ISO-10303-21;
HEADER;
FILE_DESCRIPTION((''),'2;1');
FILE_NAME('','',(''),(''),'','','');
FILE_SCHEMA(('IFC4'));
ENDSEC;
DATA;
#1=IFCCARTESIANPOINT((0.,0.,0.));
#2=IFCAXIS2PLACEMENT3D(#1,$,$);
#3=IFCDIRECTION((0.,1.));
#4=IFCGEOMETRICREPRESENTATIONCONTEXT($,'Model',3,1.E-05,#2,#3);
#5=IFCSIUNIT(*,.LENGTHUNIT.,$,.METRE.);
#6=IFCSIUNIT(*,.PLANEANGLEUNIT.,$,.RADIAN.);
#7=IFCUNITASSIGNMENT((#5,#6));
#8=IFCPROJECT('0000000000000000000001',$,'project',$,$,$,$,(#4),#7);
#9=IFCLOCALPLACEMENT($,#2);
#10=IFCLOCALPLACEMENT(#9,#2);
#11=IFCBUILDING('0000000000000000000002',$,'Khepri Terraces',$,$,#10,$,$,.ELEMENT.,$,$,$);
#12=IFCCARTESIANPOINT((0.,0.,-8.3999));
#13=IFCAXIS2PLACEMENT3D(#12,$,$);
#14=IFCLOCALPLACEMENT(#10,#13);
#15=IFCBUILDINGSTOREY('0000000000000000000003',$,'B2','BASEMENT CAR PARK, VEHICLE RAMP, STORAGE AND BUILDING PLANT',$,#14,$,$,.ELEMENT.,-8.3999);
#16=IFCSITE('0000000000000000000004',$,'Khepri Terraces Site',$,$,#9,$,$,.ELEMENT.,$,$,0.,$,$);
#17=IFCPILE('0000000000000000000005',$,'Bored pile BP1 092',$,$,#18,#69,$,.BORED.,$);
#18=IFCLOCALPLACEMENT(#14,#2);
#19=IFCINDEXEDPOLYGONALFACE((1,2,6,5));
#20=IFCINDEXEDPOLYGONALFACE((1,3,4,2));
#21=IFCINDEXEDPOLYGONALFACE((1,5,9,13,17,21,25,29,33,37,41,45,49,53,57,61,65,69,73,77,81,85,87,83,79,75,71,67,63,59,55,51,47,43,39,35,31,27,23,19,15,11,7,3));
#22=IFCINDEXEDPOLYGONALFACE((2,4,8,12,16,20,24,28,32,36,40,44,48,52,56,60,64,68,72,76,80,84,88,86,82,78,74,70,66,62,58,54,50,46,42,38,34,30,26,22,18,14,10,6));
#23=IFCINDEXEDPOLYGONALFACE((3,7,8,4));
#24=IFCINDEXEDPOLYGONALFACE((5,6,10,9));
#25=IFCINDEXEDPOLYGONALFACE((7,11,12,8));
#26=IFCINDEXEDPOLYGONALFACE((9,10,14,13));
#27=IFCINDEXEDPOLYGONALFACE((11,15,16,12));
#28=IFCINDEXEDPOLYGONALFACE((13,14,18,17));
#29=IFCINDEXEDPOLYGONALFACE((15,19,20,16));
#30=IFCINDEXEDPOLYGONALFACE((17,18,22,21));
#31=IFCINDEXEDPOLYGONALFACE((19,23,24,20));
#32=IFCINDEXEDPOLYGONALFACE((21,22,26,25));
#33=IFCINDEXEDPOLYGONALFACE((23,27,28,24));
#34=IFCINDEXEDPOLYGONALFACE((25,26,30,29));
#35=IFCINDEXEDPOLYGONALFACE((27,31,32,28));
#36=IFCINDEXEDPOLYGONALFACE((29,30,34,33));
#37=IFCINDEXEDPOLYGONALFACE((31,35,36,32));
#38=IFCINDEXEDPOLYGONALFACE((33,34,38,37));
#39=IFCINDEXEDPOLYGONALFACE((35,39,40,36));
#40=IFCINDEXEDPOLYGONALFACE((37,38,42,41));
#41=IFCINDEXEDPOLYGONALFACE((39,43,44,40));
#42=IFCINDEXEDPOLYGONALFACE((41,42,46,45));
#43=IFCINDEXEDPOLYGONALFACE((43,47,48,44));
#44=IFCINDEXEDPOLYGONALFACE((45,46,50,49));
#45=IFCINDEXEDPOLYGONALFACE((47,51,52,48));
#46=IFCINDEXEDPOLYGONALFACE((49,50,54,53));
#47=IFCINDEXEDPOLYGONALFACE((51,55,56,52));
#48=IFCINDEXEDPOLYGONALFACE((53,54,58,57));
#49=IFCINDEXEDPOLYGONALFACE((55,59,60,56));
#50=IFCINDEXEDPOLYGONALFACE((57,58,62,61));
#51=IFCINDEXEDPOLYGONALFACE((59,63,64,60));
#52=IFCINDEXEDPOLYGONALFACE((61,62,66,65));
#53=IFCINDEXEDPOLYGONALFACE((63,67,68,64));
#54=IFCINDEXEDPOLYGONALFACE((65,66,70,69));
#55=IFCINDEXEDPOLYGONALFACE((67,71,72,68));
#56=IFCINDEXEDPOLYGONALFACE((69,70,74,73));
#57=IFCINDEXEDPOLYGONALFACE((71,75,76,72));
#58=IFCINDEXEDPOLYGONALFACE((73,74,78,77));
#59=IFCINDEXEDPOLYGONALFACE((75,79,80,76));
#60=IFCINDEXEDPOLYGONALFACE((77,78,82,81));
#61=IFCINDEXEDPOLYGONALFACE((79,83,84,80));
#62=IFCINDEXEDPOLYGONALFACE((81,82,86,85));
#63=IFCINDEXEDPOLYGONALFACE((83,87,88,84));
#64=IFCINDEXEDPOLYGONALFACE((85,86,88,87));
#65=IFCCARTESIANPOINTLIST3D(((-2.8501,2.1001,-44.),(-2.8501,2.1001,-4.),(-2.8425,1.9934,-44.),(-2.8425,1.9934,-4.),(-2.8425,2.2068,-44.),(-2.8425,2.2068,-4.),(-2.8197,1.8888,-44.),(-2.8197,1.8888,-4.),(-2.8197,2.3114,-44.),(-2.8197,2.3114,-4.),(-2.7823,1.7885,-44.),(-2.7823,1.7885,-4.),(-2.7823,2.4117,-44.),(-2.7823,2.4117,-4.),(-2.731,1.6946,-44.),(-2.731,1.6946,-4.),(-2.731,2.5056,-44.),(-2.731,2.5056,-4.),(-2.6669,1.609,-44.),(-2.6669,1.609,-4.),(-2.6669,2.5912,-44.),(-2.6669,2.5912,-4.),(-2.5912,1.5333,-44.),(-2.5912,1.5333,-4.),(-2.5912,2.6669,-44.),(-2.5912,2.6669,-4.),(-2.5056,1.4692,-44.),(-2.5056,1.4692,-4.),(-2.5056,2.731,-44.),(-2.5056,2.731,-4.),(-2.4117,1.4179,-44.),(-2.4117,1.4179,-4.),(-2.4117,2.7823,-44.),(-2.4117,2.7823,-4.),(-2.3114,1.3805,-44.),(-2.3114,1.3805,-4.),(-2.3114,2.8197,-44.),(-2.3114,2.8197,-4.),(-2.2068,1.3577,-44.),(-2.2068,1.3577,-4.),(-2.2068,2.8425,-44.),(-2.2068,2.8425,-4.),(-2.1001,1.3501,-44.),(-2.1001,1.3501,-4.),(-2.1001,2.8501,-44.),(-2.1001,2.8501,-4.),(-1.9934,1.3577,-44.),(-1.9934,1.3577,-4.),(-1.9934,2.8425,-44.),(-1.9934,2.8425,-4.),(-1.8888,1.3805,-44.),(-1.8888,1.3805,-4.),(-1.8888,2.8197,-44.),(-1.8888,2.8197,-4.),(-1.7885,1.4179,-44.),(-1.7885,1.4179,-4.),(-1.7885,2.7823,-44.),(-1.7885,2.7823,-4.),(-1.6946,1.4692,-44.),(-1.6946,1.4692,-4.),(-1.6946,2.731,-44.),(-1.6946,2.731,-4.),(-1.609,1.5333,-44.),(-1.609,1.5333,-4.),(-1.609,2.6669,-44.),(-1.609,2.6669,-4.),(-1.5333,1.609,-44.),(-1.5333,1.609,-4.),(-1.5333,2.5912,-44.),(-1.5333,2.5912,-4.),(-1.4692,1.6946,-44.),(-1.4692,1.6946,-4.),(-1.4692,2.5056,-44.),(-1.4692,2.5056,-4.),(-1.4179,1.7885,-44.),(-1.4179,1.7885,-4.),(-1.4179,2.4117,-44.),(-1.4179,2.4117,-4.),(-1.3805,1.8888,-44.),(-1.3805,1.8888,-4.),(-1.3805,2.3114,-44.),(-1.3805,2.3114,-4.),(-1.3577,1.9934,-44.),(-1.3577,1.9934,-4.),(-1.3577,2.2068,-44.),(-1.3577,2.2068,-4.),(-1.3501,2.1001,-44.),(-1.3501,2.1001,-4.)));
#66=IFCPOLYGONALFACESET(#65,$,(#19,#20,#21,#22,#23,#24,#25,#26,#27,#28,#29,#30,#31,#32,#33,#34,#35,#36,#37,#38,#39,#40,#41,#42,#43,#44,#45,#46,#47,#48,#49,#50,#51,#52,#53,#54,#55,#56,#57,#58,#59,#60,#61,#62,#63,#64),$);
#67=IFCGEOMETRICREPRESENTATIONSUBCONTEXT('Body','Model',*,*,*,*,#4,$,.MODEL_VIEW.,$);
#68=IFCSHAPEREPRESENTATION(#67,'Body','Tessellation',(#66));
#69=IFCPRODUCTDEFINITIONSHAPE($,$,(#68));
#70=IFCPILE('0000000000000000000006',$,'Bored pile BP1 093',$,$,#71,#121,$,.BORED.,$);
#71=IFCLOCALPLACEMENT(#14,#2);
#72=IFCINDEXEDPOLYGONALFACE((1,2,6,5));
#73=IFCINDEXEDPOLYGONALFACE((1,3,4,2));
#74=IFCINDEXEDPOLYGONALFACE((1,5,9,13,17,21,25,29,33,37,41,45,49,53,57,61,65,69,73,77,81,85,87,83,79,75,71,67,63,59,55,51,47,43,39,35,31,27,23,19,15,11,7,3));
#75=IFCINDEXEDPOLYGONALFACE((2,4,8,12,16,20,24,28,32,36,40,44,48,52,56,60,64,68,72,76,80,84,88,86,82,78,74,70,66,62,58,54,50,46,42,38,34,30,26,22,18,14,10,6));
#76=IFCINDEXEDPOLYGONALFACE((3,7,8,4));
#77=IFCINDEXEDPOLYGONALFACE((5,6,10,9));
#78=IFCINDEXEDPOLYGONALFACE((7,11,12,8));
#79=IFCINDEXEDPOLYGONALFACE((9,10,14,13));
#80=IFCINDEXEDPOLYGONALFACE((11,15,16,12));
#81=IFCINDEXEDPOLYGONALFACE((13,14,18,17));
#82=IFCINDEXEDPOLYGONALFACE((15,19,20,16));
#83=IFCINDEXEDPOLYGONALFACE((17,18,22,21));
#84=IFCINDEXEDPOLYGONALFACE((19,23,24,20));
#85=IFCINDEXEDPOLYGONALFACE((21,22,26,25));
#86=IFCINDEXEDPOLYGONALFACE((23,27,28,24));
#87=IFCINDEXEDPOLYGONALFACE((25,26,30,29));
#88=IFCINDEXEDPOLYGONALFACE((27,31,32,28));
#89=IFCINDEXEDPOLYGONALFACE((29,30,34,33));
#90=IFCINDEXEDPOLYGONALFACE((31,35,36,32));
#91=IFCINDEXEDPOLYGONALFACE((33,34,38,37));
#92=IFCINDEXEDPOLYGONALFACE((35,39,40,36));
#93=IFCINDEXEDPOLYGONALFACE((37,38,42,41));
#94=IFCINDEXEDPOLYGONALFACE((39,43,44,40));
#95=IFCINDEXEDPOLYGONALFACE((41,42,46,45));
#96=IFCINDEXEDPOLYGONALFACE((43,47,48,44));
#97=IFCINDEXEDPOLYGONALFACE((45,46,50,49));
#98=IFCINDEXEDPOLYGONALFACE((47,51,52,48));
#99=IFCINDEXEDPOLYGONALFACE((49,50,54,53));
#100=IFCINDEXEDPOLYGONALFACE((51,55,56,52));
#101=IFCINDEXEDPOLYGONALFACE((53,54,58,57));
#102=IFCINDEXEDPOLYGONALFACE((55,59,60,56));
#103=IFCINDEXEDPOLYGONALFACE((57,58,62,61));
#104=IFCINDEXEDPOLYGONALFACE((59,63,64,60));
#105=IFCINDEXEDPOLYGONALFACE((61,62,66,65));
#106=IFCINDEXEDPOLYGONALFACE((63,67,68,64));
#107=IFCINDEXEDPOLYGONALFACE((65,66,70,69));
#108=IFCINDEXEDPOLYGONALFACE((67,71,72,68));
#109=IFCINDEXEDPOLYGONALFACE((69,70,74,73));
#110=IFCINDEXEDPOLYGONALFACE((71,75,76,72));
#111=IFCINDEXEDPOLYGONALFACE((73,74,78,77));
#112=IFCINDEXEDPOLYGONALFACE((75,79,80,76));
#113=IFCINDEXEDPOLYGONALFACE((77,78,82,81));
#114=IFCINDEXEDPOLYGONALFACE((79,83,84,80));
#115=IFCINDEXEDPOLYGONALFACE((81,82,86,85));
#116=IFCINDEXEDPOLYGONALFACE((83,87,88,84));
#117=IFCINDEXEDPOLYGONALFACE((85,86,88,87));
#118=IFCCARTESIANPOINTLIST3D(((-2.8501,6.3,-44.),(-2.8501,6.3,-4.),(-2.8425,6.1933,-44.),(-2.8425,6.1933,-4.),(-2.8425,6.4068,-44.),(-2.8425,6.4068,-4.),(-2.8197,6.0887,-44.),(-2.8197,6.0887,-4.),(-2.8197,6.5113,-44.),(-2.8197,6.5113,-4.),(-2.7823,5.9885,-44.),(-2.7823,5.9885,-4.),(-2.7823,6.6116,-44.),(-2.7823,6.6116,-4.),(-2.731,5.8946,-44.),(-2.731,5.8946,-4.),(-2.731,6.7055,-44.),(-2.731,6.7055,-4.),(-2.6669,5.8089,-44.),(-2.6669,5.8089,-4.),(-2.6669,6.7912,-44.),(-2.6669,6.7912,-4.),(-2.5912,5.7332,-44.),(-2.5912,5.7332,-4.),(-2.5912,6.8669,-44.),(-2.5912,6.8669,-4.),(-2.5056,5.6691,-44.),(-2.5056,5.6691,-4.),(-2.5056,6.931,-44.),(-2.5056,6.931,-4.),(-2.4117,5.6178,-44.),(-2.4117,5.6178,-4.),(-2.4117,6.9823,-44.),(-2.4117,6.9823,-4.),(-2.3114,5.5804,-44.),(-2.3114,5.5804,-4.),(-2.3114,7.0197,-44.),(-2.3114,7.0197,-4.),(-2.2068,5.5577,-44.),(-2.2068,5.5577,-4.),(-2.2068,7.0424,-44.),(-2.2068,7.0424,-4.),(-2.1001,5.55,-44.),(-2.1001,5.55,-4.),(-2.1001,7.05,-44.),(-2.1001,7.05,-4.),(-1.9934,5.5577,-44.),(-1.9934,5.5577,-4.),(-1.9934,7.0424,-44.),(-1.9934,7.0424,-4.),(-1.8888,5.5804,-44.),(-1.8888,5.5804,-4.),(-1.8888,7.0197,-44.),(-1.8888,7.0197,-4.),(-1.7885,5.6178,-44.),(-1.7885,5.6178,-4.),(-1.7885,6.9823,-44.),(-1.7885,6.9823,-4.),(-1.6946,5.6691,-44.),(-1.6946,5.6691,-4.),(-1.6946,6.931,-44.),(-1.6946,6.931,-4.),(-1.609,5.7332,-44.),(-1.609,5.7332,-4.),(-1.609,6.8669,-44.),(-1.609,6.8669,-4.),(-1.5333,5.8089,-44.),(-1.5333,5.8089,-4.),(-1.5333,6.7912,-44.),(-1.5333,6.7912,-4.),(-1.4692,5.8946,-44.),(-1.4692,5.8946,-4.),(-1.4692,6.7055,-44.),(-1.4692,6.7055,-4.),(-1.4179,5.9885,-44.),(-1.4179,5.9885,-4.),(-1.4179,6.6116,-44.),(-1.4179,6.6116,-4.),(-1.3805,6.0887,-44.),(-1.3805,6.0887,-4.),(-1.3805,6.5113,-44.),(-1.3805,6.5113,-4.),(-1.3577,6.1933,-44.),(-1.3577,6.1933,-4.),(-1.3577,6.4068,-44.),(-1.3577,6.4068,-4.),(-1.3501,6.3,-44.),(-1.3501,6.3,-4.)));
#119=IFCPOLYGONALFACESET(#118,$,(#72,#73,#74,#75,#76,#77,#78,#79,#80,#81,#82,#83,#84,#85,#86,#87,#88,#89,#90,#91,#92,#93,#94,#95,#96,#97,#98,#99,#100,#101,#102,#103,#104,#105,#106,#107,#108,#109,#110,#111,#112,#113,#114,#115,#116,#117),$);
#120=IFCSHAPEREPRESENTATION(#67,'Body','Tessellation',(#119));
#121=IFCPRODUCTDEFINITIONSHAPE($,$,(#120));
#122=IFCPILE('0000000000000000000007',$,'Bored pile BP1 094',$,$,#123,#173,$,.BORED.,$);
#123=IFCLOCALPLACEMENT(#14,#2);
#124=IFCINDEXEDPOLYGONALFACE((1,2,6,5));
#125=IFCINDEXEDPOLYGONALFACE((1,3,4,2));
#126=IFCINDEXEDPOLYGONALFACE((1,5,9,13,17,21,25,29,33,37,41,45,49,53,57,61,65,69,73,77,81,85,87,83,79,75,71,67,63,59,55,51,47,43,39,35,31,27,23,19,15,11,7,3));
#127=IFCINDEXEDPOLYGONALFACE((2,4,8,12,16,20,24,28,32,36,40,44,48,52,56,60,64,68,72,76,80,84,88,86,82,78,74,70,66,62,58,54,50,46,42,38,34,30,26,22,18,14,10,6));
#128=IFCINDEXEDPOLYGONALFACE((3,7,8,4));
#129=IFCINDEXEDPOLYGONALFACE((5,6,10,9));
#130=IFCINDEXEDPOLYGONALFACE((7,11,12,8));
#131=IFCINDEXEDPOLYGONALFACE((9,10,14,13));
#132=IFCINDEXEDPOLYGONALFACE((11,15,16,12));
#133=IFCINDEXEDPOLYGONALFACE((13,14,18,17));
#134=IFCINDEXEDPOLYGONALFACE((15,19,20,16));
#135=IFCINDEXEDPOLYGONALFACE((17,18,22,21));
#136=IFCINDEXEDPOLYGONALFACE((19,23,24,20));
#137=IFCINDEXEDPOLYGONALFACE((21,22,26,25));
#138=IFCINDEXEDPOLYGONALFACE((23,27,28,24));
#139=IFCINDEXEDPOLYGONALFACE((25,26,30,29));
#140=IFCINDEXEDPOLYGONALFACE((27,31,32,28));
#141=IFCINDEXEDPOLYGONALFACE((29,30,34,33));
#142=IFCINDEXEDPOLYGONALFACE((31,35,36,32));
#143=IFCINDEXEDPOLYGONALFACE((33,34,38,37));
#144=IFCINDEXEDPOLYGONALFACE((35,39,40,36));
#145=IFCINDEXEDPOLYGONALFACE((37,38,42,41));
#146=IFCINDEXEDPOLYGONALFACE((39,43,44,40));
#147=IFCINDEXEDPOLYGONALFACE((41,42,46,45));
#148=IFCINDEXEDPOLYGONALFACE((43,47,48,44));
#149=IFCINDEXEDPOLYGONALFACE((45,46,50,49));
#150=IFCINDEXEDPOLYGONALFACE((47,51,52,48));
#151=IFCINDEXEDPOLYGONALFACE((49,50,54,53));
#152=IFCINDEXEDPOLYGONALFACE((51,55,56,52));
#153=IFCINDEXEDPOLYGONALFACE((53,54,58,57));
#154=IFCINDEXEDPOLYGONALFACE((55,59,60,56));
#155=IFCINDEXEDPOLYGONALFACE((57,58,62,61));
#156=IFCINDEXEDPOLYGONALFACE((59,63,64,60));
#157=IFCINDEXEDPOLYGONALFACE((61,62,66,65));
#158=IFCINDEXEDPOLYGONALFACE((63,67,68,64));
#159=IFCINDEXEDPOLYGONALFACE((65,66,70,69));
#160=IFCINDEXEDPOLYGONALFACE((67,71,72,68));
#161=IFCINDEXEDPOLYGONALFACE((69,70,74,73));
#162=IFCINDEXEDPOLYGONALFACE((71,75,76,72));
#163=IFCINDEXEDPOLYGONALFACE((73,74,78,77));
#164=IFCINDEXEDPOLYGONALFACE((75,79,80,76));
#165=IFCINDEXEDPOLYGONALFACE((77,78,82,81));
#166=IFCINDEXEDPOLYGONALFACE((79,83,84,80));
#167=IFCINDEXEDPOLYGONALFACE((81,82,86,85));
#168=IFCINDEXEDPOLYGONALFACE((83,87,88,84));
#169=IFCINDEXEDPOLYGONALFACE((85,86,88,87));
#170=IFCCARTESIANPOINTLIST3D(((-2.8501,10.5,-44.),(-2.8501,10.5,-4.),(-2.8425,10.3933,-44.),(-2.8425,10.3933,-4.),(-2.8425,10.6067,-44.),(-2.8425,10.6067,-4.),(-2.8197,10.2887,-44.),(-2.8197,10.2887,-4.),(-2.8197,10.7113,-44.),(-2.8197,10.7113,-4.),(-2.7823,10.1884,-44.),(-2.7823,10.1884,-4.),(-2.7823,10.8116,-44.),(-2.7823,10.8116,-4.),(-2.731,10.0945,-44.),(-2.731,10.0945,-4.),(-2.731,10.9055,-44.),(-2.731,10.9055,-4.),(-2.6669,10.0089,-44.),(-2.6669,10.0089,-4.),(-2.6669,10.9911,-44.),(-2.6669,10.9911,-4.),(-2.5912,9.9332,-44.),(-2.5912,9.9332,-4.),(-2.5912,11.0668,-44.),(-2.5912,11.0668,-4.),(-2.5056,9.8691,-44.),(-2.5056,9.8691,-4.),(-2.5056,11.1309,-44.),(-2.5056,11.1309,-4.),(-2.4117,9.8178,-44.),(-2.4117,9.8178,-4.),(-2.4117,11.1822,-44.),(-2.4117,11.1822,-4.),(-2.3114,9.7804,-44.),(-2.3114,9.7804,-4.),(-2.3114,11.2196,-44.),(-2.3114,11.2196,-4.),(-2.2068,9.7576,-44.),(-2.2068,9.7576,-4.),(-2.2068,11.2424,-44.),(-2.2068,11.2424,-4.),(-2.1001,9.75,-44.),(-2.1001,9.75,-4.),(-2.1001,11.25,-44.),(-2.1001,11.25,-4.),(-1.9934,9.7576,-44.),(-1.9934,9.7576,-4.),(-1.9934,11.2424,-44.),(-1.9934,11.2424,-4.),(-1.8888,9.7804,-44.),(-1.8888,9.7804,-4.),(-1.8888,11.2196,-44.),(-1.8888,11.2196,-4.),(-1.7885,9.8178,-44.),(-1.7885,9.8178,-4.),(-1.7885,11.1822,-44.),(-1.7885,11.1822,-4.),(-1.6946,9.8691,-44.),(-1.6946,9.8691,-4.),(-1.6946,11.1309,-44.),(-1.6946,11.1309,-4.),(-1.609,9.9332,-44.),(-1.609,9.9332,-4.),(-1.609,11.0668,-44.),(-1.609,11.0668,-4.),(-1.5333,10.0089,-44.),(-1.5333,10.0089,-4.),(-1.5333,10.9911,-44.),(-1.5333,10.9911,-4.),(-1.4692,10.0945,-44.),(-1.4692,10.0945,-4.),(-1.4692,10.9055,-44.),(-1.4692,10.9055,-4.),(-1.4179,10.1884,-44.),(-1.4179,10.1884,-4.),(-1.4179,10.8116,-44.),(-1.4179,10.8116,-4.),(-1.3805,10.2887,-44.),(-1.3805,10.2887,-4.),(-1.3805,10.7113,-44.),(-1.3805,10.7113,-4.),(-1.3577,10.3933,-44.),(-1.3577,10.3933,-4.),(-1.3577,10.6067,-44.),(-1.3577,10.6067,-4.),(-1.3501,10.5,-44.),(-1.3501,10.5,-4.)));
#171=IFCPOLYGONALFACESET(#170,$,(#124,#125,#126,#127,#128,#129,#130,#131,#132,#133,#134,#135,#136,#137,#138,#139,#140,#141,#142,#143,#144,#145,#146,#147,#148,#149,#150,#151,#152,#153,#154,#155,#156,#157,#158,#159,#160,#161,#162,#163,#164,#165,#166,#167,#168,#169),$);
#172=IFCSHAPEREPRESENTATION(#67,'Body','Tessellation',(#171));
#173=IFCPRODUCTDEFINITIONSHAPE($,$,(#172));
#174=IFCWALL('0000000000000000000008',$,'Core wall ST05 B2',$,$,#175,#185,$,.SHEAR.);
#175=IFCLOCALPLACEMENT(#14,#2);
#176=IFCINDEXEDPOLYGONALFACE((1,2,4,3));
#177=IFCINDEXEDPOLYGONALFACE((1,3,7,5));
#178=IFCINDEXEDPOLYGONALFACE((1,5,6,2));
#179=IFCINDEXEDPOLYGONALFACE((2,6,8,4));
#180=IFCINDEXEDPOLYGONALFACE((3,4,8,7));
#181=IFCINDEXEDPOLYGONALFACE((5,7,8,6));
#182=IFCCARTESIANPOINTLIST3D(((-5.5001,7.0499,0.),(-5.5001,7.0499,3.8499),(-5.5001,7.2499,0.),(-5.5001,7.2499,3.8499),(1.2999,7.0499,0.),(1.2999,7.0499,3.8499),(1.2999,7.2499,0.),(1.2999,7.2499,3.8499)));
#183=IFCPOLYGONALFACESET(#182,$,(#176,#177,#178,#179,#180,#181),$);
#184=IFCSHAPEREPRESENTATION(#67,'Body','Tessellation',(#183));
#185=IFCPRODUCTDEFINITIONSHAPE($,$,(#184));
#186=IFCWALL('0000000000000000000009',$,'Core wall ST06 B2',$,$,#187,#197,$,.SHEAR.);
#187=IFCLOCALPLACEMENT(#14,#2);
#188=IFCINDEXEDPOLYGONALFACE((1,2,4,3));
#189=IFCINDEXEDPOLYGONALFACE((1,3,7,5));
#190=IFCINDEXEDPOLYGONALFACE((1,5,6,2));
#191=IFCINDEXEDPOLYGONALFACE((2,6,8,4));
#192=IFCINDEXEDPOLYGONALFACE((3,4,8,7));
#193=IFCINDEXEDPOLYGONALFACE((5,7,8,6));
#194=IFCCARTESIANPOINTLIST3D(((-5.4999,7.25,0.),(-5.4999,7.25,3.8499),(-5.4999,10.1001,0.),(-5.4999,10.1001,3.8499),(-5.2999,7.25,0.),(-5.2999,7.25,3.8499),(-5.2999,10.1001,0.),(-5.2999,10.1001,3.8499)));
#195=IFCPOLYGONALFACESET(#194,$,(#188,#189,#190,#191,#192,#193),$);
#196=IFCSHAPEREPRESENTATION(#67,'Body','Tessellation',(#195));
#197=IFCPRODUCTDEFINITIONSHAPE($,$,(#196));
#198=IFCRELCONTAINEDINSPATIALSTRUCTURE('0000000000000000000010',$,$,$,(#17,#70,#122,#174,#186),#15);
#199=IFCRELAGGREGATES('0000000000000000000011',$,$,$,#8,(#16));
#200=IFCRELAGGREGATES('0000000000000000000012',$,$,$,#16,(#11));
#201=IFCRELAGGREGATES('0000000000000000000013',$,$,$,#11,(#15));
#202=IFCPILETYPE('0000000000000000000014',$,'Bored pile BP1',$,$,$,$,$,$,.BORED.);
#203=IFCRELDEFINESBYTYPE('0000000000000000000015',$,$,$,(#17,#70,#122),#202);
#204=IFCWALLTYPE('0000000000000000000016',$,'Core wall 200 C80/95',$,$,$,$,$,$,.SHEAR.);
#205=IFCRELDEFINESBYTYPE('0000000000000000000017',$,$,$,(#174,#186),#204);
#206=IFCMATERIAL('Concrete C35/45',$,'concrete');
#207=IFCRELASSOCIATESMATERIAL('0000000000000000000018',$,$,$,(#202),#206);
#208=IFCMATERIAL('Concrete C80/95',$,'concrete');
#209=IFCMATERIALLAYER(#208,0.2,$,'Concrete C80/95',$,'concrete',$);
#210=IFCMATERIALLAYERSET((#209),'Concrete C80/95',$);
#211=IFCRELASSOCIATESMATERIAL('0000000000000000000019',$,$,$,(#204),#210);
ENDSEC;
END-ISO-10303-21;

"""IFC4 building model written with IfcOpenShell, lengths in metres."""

from ifc_helpers import new_model, si_unit, direction, frame, frame_2d, origin, origin_2d, place, context, subcontext, project, spatial, rectangle, circle, extrude, material, layer, layer_set, material_profile, profile_set, type_object, element, save


model = new_model("IFC4")

# Units and contexts
model_context = context("Model", 3, precision=1e-05, world=origin(), true_north=direction((0.0, 1.0)))
body_context = subcontext(model_context, "Body", "Model", "MODEL_VIEW")
ifc_project = project(units=[si_unit("LENGTHUNIT", "METRE"), si_unit("PLANEANGLEUNIT", "RADIAN")], contexts=[model_context])

# Site, building, storey
site_placement = place(None, origin())
site = spatial("IfcSite", under=ifc_project, at=site_placement, Name="Khepri Terraces Site", CompositionType="ELEMENT", RefElevation=0.0)
building_placement = place(site_placement, origin())
building = spatial("IfcBuilding", under=site, at=building_placement, Name="Khepri Terraces", CompositionType="ELEMENT")
storey_placement = place(building_placement, frame((0.0, 0.0, -8.3999)))
storey = spatial("IfcBuildingStorey", under=building, at=storey_placement, Name="B2", Description="BASEMENT CAR PARK, VEHICLE RAMP, STORAGE AND BUILDING PLANT", CompositionType="ELEMENT", Elevation=-8.3999)

# Piles
ifc_material_1 = material(Name="Concrete C35/45", Category="concrete")
ifc_material_profile = material_profile(ifc_material_1, circle(Radius=0.75, at=origin_2d()), Name="Concrete C35/45", Category="concrete")
ifc_profile_set = profile_set([ifc_material_profile], Name="Concrete C35/45")
pile_type = type_object("IfcPileType", Name="Bored pile BP1", PredefinedType="BORED", material=ifc_profile_set)
for number, where, z_axis, x_axis, name in (
    (1, (-2.1001, 2.1001, -4.0), (0.0, 0.0, -1.0), (1.0, 0.0, 0.0), "Bored pile BP1 092"),
    (2, (-2.1001, 6.3, -4.0), (0.0, 0.0, -1.0), (1.0, 0.0, 0.0), "Bored pile BP1 093"),
    (3, (-2.1001, 10.5, -4.0), (0.0, 0.0, -1.0), (1.0, 0.0, 0.0), "Bored pile BP1 094"),
):
    element("IfcPile", number, at=place(storey_placement, frame(where, z_axis=z_axis, x_axis=x_axis)), inside=storey, type_object=pile_type, Name=name, PredefinedType="BORED", context=body_context, shape_type="SweptSolid", body=[
        extrude(circle(Radius=0.75, at=origin_2d()), origin(), (0.0, 0.0, 1.0), 40.0),
    ])

# Walls
ifc_material_2 = material(Name="Concrete C80/95", Category="concrete")
ifc_layer_1 = layer(ifc_material_2, 0.2, Name="Concrete C80/95", Category="concrete")
ifc_layer_set_1 = layer_set([ifc_layer_1], Name="Concrete C80/95")
wall_type_1 = type_object("IfcWallType", Name="Core wall 200 C80/95", PredefinedType="SHEAR", material=ifc_layer_set_1)
wall_1_placement = place(storey_placement, frame((-5.5, 7.1499, 0.0), z_axis=(0.0, 0.0, 1.0), x_axis=(1.0, 0.0, 0.0)))
element("IfcWall", 4, at=wall_1_placement, inside=storey, type_object=wall_type_1, Name="Core wall ST05 B2", PredefinedType="SHEAR", context=body_context, shape_type="SweptSolid", body=[
    extrude(rectangle(XDim=6.8, YDim=0.2, at=frame_2d((3.3999, 0.0))), origin(), (0.0, 0.0, 1.0), 3.8499),
])
wall_2_placement = place(storey_placement, frame((-5.3999, 7.25, 0.0), z_axis=(0.0, 0.0, 1.0), x_axis=(0.0, 1.0, 0.0)))
element("IfcWall", 5, at=wall_2_placement, inside=storey, type_object=wall_type_1, Name="Core wall ST06 B2", PredefinedType="SHEAR", context=body_context, shape_type="SweptSolid", body=[
    extrude(rectangle(XDim=2.8501, YDim=0.2, at=frame_2d((1.425, 0.0))), origin(), (0.0, 0.0, 1.0), 3.8499),
])

save(model, "model.ifc")
